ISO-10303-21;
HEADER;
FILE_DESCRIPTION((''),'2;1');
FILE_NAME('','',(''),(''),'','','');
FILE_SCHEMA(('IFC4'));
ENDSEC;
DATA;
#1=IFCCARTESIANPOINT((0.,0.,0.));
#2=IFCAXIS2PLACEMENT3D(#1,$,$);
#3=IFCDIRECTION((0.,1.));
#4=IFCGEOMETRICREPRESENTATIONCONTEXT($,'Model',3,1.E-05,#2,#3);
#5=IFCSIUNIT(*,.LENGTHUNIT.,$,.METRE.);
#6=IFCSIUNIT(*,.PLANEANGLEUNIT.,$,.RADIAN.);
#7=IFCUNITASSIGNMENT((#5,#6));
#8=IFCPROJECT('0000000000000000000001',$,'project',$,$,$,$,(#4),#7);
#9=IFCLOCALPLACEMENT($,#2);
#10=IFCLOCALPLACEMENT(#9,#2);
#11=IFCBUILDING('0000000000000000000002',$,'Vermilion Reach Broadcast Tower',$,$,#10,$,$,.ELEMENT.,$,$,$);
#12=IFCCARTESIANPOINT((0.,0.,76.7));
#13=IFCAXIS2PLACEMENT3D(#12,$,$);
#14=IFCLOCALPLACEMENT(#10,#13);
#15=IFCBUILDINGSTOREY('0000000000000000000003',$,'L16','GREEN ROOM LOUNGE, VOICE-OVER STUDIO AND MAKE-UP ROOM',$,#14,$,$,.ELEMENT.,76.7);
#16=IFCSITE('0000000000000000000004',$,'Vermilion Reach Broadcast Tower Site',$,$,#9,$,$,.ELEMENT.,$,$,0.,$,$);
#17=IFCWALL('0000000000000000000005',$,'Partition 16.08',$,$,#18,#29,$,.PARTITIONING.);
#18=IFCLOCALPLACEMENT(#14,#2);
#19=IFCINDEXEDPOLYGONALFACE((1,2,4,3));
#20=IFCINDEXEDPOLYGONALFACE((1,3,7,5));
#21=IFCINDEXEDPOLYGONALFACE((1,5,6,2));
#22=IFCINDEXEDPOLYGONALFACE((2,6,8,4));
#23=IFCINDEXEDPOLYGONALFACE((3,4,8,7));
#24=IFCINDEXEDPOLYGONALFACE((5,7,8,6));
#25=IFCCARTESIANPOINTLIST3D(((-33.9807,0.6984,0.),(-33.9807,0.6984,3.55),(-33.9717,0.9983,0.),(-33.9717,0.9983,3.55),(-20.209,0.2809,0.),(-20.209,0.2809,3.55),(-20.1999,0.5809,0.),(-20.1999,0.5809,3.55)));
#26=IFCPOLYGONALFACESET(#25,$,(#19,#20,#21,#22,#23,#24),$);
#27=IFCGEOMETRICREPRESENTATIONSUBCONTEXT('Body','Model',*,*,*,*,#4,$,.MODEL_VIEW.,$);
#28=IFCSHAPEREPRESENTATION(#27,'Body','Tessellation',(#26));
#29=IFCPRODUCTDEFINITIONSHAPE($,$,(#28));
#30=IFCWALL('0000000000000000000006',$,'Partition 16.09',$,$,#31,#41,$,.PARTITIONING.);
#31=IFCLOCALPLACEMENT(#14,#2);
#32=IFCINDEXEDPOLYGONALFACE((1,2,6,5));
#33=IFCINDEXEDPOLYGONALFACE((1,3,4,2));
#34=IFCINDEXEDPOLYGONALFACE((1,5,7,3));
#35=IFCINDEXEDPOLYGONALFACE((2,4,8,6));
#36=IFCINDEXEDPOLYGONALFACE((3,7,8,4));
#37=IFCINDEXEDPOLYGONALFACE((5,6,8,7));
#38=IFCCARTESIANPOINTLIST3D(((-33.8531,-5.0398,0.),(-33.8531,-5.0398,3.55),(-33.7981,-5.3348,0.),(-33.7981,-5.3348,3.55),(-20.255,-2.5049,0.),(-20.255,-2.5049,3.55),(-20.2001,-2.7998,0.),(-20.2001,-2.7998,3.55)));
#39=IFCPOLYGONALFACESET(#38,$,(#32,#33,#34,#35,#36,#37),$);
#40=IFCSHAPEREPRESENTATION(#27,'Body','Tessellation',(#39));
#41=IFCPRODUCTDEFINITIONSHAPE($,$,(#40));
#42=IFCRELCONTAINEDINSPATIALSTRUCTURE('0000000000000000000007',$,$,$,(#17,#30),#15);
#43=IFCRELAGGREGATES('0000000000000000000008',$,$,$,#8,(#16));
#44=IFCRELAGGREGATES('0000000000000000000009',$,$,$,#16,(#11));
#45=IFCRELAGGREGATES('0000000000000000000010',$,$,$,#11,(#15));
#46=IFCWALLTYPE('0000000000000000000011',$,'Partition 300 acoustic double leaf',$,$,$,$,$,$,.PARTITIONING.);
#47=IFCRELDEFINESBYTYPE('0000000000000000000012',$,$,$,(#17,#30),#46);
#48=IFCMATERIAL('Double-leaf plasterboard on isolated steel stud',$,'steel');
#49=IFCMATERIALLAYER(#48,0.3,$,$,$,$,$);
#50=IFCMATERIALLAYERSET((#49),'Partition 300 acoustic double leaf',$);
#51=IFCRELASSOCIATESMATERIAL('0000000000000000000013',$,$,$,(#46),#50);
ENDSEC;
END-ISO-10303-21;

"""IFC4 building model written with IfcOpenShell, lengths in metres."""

from ifc_helpers import new_model, si_unit, direction, frame, frame_2d, origin, place, context, subcontext, project, spatial, rectangle, extrude, material, layer, layer_set, type_object, element, save


model = new_model("IFC4")

# Units and contexts
model_context = context("Model", 3, precision=1e-05, world=origin(), true_north=direction((0.0, 1.0)))
body_context = subcontext(model_context, "Body", "Model", "MODEL_VIEW")
ifc_project = project(units=[si_unit("LENGTHUNIT", "METRE"), si_unit("PLANEANGLEUNIT", "RADIAN")], contexts=[model_context])

# Site, building, storey
site_placement = place(None, origin())
site = spatial("IfcSite", under=ifc_project, at=site_placement, Name="Vermilion Reach Broadcast Tower Site", CompositionType="ELEMENT", RefElevation=0.0)
building_placement = place(site_placement, origin())
building = spatial("IfcBuilding", under=site, at=building_placement, Name="Vermilion Reach Broadcast Tower", CompositionType="ELEMENT")
storey_placement = place(building_placement, frame((0.0, 0.0, 76.7)))
storey = spatial("IfcBuildingStorey", under=building, at=storey_placement, Name="L16", Description="GREEN ROOM LOUNGE, VOICE-OVER STUDIO AND MAKE-UP ROOM", CompositionType="ELEMENT", Elevation=76.7)

# Walls
ifc_material_1 = material(Name="Double-leaf plasterboard on isolated steel stud", Category="steel")
ifc_layer_1 = layer(ifc_material_1, 0.3)
ifc_layer_set_1 = layer_set([ifc_layer_1], Name="Partition 300 acoustic double leaf")
wall_type = type_object("IfcWallType", Name="Partition 300 acoustic double leaf", PredefinedType="PARTITIONING", material=ifc_layer_set_1)
wall_1_placement = place(storey_placement, frame((-33.9763, 0.8484, 0.0), z_axis=(0.0, 0.0, 1.0), x_axis=(0.999541, -0.0303, 0.0)))
element("IfcWall", 1, at=wall_1_placement, inside=storey, type_object=wall_type, Name="Partition 16.08", PredefinedType="PARTITIONING", context=body_context, shape_type="SweptSolid", body=[
    extrude(rectangle(XDim=13.7781, YDim=0.3, at=frame_2d((6.8892, 0.0))), origin(), (0.0, 0.0, 1.0), 3.55),
])
wall_2_placement = place(storey_placement, frame((-33.8254, -5.1873, 0.0), z_axis=(0.0, 0.0, 1.0), x_axis=(0.983064, 0.183262, 0.0)))
element("IfcWall", 2, at=wall_2_placement, inside=storey, type_object=wall_type, Name="Partition 16.09", PredefinedType="PARTITIONING", context=body_context, shape_type="SweptSolid", body=[
    extrude(rectangle(XDim=13.8323, YDim=0.3, at=frame_2d((6.916, 0.0))), origin(), (0.0, 0.0, 1.0), 3.55),
])

save(model, "model.ifc")
